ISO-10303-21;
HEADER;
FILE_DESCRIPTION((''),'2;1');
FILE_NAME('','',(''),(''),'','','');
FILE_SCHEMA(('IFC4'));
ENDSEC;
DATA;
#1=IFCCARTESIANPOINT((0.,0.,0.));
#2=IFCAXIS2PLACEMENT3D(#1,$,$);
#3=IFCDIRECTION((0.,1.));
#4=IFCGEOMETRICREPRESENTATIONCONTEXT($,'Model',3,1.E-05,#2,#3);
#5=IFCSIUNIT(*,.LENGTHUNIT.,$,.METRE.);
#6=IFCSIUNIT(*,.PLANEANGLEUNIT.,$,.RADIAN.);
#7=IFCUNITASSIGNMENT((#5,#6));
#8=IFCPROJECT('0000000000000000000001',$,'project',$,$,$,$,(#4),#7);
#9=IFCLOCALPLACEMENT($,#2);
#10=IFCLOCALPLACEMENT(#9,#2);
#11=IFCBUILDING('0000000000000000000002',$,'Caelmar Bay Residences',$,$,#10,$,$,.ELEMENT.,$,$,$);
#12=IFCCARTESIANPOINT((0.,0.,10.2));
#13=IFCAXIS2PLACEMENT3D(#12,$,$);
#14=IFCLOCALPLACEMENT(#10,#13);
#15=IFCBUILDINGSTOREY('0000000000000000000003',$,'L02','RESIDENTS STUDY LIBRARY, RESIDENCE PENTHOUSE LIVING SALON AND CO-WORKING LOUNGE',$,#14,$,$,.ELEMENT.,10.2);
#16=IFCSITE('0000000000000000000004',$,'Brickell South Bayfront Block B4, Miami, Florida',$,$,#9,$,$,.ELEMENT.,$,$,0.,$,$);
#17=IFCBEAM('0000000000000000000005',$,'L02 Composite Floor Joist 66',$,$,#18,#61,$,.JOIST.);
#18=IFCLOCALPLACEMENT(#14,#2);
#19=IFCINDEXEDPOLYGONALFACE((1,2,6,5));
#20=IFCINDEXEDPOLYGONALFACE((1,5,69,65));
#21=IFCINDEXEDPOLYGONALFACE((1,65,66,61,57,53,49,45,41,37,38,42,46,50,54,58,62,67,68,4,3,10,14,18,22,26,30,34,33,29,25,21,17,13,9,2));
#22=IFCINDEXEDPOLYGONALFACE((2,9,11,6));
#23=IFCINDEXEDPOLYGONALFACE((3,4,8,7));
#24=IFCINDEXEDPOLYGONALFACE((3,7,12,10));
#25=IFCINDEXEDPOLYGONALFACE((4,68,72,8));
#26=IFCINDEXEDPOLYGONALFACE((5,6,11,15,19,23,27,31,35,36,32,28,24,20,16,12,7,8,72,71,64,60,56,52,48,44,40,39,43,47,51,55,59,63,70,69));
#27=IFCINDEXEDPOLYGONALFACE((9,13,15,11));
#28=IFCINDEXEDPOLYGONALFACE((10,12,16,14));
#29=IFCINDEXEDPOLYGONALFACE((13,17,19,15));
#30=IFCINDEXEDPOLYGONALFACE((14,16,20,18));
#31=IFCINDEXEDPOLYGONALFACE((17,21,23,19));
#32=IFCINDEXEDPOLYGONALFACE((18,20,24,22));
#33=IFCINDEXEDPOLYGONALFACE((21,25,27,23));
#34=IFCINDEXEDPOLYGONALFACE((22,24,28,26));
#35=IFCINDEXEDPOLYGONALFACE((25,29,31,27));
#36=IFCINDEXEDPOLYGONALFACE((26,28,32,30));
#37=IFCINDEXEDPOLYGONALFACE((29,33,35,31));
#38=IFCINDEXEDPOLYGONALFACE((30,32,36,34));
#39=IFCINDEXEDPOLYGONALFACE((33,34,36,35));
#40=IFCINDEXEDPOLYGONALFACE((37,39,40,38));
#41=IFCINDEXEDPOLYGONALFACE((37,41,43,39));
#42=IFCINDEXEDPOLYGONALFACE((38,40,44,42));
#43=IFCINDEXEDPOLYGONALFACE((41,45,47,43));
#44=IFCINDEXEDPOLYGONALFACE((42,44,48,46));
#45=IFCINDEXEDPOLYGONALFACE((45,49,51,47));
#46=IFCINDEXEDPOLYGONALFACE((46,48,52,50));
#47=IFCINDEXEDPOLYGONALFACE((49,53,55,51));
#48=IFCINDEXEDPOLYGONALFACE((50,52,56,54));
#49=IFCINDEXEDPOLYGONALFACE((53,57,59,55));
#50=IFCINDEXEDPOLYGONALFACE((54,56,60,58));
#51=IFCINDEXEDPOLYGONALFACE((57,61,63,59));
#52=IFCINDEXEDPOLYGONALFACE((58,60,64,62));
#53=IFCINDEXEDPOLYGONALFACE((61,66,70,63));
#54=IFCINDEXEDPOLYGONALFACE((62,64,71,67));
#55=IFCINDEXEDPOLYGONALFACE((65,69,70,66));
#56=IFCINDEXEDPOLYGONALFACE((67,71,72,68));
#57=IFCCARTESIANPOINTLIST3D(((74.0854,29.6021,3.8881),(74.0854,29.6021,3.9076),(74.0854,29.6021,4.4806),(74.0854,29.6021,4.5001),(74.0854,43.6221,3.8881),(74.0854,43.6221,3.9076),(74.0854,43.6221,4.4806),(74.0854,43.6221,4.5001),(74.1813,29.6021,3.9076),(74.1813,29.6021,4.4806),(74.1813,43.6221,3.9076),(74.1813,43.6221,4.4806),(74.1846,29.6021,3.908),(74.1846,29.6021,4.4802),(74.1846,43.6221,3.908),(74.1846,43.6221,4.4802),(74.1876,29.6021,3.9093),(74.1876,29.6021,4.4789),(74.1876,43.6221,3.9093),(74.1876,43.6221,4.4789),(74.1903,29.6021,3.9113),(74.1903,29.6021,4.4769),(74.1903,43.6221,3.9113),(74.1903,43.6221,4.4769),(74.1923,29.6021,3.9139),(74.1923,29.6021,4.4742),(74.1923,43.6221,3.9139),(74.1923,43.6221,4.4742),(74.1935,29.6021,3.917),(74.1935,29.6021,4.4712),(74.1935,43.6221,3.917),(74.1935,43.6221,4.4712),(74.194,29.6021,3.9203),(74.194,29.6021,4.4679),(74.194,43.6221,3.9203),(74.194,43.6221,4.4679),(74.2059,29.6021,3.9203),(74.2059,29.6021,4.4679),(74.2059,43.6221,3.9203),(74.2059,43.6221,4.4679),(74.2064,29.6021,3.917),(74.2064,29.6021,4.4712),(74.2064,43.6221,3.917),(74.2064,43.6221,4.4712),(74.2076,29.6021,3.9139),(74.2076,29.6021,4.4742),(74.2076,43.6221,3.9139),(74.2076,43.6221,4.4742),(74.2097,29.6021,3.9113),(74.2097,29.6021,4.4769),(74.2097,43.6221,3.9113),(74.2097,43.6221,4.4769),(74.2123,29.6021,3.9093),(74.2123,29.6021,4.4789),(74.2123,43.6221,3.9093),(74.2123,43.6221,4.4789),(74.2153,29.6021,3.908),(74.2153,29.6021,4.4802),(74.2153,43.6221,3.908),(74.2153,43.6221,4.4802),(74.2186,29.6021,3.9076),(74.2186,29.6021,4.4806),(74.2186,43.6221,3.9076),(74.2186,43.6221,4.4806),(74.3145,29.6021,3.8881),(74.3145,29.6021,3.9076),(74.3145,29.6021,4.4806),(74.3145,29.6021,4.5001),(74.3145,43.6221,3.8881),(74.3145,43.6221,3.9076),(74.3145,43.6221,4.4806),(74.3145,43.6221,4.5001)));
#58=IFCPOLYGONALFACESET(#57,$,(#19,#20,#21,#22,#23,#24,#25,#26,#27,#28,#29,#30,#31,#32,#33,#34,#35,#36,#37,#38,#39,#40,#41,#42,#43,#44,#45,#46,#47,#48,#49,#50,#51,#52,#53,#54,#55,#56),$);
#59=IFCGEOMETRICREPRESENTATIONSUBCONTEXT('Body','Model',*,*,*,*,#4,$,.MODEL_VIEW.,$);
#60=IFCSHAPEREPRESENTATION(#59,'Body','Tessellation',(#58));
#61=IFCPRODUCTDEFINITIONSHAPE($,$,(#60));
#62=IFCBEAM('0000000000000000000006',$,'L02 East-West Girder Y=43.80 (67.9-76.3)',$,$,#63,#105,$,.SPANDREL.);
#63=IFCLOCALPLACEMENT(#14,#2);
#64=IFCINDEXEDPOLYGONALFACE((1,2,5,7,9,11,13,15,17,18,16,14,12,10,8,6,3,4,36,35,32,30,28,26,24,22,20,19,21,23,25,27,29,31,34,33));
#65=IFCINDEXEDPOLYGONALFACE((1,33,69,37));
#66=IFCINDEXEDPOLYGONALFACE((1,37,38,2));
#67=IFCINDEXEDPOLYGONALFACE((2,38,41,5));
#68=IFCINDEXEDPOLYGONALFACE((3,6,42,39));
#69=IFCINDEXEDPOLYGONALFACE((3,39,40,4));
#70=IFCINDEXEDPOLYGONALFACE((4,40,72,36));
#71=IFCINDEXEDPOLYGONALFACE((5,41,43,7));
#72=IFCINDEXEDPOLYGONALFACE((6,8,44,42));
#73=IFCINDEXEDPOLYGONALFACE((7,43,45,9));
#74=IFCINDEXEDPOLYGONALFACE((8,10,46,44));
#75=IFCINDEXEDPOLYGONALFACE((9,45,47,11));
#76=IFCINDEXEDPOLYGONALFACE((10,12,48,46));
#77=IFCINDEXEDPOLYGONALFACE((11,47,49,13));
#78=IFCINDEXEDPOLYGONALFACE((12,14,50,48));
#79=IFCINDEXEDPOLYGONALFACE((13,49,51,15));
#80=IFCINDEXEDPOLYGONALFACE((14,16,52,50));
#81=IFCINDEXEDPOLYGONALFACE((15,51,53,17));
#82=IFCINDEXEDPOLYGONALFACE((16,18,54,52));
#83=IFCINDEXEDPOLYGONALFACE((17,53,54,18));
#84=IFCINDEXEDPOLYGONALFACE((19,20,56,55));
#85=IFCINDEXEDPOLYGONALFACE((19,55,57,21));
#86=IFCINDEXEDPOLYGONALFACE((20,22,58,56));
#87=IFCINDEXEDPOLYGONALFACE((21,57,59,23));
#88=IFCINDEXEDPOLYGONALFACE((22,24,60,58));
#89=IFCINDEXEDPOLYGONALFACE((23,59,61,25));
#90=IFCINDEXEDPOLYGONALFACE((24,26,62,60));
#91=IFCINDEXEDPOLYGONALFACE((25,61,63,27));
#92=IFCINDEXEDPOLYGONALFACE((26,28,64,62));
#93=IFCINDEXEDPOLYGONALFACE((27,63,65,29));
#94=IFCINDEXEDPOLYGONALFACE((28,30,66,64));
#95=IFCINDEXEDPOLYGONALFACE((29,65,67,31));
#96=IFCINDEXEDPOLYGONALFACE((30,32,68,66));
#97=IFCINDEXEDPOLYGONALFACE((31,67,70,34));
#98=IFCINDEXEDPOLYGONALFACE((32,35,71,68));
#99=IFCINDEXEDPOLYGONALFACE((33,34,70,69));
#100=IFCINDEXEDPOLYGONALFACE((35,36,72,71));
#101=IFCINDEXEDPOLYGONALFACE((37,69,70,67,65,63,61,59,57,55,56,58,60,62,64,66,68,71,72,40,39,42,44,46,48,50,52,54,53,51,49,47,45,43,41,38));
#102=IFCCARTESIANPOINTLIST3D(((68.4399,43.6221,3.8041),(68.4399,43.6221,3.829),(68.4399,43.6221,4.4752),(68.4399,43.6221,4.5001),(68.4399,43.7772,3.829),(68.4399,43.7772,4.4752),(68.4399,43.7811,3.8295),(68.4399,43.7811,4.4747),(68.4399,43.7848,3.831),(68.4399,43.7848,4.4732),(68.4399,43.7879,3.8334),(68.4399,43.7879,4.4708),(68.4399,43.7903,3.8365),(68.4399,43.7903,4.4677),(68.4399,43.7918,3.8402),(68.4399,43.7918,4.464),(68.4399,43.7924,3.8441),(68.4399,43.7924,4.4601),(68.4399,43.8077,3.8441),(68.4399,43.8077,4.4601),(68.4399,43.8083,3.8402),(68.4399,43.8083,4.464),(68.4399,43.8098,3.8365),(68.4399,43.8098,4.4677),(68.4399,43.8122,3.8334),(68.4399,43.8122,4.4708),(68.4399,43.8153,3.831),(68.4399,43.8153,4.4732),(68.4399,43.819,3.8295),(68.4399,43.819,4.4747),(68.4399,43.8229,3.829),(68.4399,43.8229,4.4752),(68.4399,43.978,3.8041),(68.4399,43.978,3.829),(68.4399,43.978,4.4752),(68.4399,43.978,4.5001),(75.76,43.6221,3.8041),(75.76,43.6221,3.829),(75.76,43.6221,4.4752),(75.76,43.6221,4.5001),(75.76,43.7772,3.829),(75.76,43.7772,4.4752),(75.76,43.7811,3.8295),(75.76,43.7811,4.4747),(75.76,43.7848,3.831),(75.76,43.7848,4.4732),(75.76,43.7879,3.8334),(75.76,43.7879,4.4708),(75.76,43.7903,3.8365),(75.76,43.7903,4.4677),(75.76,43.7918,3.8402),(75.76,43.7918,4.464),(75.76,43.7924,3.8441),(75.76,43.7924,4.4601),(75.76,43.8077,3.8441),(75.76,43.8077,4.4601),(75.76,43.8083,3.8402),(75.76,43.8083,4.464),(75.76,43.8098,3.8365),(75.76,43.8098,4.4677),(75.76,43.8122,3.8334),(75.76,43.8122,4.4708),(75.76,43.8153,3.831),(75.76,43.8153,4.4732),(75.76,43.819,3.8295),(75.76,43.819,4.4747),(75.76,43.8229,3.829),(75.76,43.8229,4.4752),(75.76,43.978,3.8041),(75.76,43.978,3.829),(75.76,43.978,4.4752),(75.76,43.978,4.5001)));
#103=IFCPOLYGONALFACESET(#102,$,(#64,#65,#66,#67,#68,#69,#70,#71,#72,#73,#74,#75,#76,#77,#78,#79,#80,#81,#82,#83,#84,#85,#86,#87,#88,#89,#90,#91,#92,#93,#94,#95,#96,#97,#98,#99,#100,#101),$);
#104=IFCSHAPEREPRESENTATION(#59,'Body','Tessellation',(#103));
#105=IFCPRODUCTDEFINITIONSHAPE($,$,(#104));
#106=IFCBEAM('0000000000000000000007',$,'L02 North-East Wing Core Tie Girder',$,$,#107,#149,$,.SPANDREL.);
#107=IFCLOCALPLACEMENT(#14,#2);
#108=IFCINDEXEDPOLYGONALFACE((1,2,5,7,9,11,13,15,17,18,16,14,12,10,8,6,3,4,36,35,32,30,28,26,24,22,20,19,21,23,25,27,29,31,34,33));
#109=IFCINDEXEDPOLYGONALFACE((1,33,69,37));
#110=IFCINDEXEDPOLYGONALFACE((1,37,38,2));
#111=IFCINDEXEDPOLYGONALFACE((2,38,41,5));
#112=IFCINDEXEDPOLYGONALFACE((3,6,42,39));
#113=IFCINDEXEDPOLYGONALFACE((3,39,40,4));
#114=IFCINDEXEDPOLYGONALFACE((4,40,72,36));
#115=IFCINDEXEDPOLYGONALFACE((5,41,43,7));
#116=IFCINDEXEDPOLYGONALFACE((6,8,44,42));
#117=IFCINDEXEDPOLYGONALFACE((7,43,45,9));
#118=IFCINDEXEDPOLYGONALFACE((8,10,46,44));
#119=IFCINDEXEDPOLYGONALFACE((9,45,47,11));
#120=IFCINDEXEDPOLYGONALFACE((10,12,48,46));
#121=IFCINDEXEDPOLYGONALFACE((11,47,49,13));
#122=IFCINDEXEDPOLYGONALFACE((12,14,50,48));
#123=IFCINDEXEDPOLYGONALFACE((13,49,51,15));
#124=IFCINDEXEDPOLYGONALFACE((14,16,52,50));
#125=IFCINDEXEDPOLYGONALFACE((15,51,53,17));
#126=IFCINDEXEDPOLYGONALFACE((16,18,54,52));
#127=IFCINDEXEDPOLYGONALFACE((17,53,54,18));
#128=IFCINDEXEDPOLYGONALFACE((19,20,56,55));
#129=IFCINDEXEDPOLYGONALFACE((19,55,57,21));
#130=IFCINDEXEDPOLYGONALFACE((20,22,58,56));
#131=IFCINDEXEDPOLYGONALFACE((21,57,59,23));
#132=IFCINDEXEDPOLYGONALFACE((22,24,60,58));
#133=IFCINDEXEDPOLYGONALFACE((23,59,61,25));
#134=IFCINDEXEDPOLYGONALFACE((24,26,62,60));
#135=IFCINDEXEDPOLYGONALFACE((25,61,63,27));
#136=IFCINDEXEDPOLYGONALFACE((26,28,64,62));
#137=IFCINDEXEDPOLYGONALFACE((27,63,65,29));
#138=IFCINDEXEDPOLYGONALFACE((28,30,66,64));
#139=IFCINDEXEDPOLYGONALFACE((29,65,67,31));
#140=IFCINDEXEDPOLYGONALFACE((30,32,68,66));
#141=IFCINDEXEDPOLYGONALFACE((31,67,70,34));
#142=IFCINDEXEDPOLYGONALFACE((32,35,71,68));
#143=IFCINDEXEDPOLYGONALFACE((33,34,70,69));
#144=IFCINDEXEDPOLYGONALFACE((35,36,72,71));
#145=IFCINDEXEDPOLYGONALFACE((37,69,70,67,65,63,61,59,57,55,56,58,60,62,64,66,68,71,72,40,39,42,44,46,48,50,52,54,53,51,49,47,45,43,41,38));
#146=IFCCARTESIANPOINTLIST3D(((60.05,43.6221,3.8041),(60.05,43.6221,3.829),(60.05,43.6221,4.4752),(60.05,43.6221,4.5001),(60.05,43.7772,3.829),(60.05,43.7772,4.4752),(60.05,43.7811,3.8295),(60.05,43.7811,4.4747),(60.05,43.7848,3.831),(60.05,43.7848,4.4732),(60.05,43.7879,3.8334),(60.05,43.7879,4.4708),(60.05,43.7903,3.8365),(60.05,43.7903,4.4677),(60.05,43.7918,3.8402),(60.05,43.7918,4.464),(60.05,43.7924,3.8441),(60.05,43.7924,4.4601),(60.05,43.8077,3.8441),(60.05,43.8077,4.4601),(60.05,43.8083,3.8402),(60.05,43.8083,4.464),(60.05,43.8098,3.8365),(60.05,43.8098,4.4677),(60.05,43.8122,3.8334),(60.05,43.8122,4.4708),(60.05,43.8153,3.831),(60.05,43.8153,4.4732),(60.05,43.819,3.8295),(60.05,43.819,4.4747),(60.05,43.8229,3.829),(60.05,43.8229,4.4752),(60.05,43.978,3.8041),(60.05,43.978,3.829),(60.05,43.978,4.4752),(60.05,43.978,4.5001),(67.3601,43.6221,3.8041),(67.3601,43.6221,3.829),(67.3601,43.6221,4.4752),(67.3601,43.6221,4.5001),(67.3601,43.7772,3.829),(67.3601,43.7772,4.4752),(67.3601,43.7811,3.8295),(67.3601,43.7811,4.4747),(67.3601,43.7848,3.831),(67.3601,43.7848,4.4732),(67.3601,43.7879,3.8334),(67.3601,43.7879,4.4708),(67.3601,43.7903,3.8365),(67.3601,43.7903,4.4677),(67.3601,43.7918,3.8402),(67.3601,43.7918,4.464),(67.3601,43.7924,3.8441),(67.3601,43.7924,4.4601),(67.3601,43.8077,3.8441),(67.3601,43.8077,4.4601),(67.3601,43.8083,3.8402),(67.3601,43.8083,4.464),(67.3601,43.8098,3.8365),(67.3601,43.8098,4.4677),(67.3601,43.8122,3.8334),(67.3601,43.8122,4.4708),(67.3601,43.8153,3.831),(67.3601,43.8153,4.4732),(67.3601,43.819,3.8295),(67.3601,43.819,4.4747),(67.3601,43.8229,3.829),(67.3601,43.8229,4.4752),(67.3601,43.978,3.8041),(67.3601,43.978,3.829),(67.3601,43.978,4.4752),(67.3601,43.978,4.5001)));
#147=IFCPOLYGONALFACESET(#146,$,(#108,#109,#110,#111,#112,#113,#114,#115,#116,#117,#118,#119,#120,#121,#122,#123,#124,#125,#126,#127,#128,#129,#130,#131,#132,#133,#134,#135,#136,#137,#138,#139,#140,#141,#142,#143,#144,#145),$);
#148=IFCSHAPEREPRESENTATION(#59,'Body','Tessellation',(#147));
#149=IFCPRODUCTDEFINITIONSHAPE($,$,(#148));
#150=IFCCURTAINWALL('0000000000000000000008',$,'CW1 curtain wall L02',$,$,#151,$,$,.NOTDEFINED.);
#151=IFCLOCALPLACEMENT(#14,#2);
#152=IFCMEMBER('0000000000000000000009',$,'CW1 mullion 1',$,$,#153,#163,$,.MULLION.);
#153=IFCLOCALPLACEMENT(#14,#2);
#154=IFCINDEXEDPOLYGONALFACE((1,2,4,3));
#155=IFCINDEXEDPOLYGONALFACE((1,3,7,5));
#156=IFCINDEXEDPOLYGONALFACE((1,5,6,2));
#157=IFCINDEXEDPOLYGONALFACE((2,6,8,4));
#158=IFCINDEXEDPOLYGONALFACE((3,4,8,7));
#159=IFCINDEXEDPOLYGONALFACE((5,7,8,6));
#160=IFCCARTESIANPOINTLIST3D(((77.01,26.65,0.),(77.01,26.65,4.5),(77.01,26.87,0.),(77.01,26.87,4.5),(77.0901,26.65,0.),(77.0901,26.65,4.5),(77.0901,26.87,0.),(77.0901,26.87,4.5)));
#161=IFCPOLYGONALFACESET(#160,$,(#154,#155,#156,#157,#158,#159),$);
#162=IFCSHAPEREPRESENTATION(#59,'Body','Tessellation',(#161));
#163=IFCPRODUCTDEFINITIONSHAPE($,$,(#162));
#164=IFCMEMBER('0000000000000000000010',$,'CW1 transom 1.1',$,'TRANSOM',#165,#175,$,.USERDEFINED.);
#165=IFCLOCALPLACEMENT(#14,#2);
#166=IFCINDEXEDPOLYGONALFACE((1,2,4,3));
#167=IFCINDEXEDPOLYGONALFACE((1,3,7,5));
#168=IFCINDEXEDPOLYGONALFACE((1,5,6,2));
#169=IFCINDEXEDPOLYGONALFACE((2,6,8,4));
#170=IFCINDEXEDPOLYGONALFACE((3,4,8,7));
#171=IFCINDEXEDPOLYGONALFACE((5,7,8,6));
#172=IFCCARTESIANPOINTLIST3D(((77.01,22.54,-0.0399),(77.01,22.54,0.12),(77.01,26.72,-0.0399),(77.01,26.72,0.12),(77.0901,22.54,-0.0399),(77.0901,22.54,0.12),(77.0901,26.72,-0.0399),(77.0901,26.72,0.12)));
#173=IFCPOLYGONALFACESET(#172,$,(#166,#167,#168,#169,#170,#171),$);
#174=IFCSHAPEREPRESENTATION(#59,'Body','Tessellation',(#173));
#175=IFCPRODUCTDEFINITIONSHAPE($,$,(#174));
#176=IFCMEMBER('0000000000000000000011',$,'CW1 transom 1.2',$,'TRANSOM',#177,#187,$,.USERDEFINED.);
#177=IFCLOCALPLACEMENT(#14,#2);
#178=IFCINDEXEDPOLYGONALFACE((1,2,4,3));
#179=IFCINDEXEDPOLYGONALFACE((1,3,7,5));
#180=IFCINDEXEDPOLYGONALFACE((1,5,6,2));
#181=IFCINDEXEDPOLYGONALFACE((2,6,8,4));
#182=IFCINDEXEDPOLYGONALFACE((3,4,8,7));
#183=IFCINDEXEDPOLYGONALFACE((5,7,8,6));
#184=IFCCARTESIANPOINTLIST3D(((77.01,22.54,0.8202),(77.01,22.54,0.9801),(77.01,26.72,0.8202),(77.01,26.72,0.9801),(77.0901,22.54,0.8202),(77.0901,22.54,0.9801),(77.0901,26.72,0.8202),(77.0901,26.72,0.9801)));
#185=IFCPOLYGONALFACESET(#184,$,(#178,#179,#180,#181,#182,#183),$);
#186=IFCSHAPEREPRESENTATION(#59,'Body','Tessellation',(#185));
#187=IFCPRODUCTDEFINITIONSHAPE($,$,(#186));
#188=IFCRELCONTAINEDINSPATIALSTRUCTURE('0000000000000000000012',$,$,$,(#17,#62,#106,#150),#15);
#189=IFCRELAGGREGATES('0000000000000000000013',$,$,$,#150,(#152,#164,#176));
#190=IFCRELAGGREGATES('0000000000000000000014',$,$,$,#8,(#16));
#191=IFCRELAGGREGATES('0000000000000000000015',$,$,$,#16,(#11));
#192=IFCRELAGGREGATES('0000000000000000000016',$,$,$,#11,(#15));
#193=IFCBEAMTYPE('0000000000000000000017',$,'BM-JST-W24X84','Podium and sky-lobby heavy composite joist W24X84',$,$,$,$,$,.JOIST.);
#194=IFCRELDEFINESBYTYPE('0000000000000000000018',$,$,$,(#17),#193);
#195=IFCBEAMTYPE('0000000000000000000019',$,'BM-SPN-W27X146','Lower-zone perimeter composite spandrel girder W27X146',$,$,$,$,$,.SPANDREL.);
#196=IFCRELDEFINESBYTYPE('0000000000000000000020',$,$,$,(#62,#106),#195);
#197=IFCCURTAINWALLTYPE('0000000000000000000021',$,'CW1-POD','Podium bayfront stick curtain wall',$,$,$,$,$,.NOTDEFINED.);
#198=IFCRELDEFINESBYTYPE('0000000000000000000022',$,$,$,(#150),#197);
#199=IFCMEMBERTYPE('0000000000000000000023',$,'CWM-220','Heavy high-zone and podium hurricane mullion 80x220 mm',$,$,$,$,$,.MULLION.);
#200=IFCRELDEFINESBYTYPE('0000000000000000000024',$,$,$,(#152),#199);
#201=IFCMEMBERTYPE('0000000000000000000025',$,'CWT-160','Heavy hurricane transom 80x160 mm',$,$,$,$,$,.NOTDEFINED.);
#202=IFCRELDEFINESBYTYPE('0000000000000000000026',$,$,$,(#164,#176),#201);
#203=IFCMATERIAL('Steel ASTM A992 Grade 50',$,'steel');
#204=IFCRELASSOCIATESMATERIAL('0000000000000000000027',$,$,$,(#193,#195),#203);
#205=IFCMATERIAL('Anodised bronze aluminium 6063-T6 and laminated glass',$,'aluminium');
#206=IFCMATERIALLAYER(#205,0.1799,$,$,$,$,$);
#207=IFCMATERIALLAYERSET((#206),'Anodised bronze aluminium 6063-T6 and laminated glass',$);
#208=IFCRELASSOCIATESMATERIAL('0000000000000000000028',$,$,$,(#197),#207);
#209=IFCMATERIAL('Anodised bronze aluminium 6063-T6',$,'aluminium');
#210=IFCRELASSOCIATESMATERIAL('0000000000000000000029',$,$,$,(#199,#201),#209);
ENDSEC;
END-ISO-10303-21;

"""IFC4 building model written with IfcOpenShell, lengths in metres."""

from ifc_helpers import new_model, si_unit, direction, frame, origin, origin_2d, place, context, subcontext, project, spatial, rectangle, i_section, extrude, material, layer, layer_set, material_profile, profile_set, type_object, element, aggregate, save


model = new_model("IFC4")

# Units and contexts
model_context = context("Model", 3, precision=1e-05, world=origin(), true_north=direction((0.0, 1.0)))
body_context = subcontext(model_context, "Body", "Model", "MODEL_VIEW")
ifc_project = project(units=[si_unit("LENGTHUNIT", "METRE"), si_unit("PLANEANGLEUNIT", "RADIAN")], contexts=[model_context])

# Site, building, storey
site_placement = place(None, origin())
site = spatial("IfcSite", under=ifc_project, at=site_placement, Name="Brickell South Bayfront Block B4, Miami, Florida", CompositionType="ELEMENT", RefElevation=0.0)
building_placement = place(site_placement, origin())
building = spatial("IfcBuilding", under=site, at=building_placement, Name="Caelmar Bay Residences", CompositionType="ELEMENT")
storey_placement = place(building_placement, frame((0.0, 0.0, 10.2)))
storey = spatial("IfcBuildingStorey", under=building, at=storey_placement, Name="L02", Description="RESIDENTS STUDY LIBRARY, RESIDENCE PENTHOUSE LIVING SALON AND CO-WORKING LOUNGE", CompositionType="ELEMENT", Elevation=10.2)

# Beams
ifc_material_1 = material(Name="Steel ASTM A992 Grade 50", Category="steel")
ifc_material_profile_1 = material_profile(ifc_material_1, i_section(OverallWidth=0.229, OverallDepth=0.6121, WebThickness=0.012, FlangeThickness=0.0195, FilletRadius=0.0127, at=origin_2d()), Name="W24X84")
ifc_profile_set_1 = profile_set([ifc_material_profile_1], Name="Steel ASTM A992 Grade 50")
beam_type_1 = type_object("IfcBeamType", Name="BM-JST-W24X84", Description="Podium and sky-lobby heavy composite joist W24X84", PredefinedType="JOIST", material=ifc_profile_set_1)
for number, where, z_axis, x_axis, name in (
    (1, (74.2, 29.6021, 4.1941), (0.0, 1.0, 0.0), (-1.0, 0.0, 0.0), "L02 Composite Floor Joist 66"),
):
    element("IfcBeam", number, at=place(storey_placement, frame(where, z_axis=z_axis, x_axis=x_axis)), inside=storey, type_object=beam_type_1, Name=name, PredefinedType="JOIST", context=body_context, shape_type="SweptSolid", body=[
        extrude(i_section(OverallWidth=0.229, OverallDepth=0.6121, WebThickness=0.012, FlangeThickness=0.0195, FilletRadius=0.0127, at=origin_2d()), origin(), (0.0, 0.0, 1.0), 14.02),
    ])
ifc_material_profile_2 = material_profile(ifc_material_1, i_section(OverallWidth=0.356, OverallDepth=0.696, WebThickness=0.0154, FlangeThickness=0.0249, FilletRadius=0.0151, at=origin_2d()), Name="W27X146")
ifc_profile_set_2 = profile_set([ifc_material_profile_2], Name="Steel ASTM A992 Grade 50")
beam_type_2 = type_object("IfcBeamType", Name="BM-SPN-W27X146", Description="Lower-zone perimeter composite spandrel girder W27X146", PredefinedType="SPANDREL", material=ifc_profile_set_2)
beam_1_placement = place(storey_placement, frame((68.4399, 43.8, 4.1521), z_axis=(1.0, 0.0, 0.0), x_axis=(0.0, 1.0, 0.0)))
element("IfcBeam", 2, at=beam_1_placement, inside=storey, type_object=beam_type_2, Name="L02 East-West Girder Y=43.80 (67.9-76.3)", PredefinedType="SPANDREL", context=body_context, shape_type="SweptSolid", body=[
    extrude(i_section(OverallWidth=0.356, OverallDepth=0.696, WebThickness=0.0154, FlangeThickness=0.0249, FilletRadius=0.0151, at=origin_2d()), origin(), (0.0, 0.0, 1.0), 7.3201),
])
beam_2_placement = place(storey_placement, frame((60.05, 43.8, 4.1521), z_axis=(1.0, 0.0, 0.0), x_axis=(0.0, 1.0, 0.0)))
element("IfcBeam", 3, at=beam_2_placement, inside=storey, type_object=beam_type_2, Name="L02 North-East Wing Core Tie Girder", PredefinedType="SPANDREL", context=body_context, shape_type="SweptSolid", body=[
    extrude(i_section(OverallWidth=0.356, OverallDepth=0.696, WebThickness=0.0154, FlangeThickness=0.0249, FilletRadius=0.0151, at=origin_2d()), origin(), (0.0, 0.0, 1.0), 7.3101),
])

# Curtain wall, members
ifc_material_2 = material(Name="Anodised bronze aluminium 6063-T6 and laminated glass", Category="aluminium")
ifc_layer_1 = layer(ifc_material_2, 0.1799)
ifc_layer_set_1 = layer_set([ifc_layer_1], Name="Anodised bronze aluminium 6063-T6 and laminated glass")
curtain_wall_type = type_object("IfcCurtainWallType", Name="CW1-POD", Description="Podium bayfront stick curtain wall", PredefinedType="NOTDEFINED", material=ifc_layer_set_1)
curtain_wall_placement = place(storey_placement, origin())
curtain_wall = element("IfcCurtainWall", 4, at=curtain_wall_placement, inside=storey, type_object=curtain_wall_type, Name="CW1 curtain wall L02", PredefinedType="NOTDEFINED")
ifc_material_3 = material(Name="Anodised bronze aluminium 6063-T6", Category="aluminium")
ifc_material_profile_3 = material_profile(ifc_material_3, rectangle(XDim=0.0801, YDim=0.22, at=origin_2d()), Name="CWM-80X220")
ifc_profile_set_3 = profile_set([ifc_material_profile_3], Name="Anodised bronze aluminium 6063-T6")
member_type_1 = type_object("IfcMemberType", Name="CWM-220", Description="Heavy high-zone and podium hurricane mullion 80x220 mm", PredefinedType="MULLION", material=ifc_profile_set_3)
member_1_placement = place(storey_placement, frame((77.05, 26.76, 0.0), z_axis=(0.0, 0.0, 1.0), x_axis=(1.0, 0.0, 0.0)))
member_1 = element("IfcMember", 5, at=member_1_placement, type_object=member_type_1, Name="CW1 mullion 1", PredefinedType="MULLION", context=body_context, shape_type="SweptSolid", body=[
    extrude(rectangle(XDim=0.0801, YDim=0.22, at=origin_2d()), origin(), (0.0, 0.0, 1.0), 4.5),
])
ifc_material_profile_4 = material_profile(ifc_material_3, rectangle(XDim=0.0801, YDim=0.1599, at=origin_2d()), Name="CWT-80X160")
ifc_profile_set_4 = profile_set([ifc_material_profile_4], Name="Anodised bronze aluminium 6063-T6")
member_type_2 = type_object("IfcMemberType", Name="CWT-160", Description="Heavy hurricane transom 80x160 mm", PredefinedType="NOTDEFINED", material=ifc_profile_set_4)
member_2_placement = place(storey_placement, frame((77.05, 26.72, 0.04), z_axis=(0.0, -1.0, 0.0), x_axis=(1.0, 0.0, 0.0)))
member_2 = element("IfcMember", 6, at=member_2_placement, type_object=member_type_2, Name="CW1 transom 1.1", ObjectType="TRANSOM", PredefinedType="USERDEFINED", context=body_context, shape_type="SweptSolid", body=[
    extrude(rectangle(XDim=0.0801, YDim=0.1599, at=origin_2d()), origin(), (0.0, 0.0, 1.0), 4.1799),
])
member_3_placement = place(storey_placement, frame((77.05, 26.72, 0.9001), z_axis=(0.0, -1.0, 0.0), x_axis=(1.0, 0.0, 0.0)))
member_3 = element("IfcMember", 7, at=member_3_placement, type_object=member_type_2, Name="CW1 transom 1.2", ObjectType="TRANSOM", PredefinedType="USERDEFINED", context=body_context, shape_type="SweptSolid", body=[
    extrude(rectangle(XDim=0.0801, YDim=0.1599, at=origin_2d()), origin(), (0.0, 0.0, 1.0), 4.1799),
])
aggregate(curtain_wall, [member_1, member_2, member_3])

save(model, "model.ifc")
